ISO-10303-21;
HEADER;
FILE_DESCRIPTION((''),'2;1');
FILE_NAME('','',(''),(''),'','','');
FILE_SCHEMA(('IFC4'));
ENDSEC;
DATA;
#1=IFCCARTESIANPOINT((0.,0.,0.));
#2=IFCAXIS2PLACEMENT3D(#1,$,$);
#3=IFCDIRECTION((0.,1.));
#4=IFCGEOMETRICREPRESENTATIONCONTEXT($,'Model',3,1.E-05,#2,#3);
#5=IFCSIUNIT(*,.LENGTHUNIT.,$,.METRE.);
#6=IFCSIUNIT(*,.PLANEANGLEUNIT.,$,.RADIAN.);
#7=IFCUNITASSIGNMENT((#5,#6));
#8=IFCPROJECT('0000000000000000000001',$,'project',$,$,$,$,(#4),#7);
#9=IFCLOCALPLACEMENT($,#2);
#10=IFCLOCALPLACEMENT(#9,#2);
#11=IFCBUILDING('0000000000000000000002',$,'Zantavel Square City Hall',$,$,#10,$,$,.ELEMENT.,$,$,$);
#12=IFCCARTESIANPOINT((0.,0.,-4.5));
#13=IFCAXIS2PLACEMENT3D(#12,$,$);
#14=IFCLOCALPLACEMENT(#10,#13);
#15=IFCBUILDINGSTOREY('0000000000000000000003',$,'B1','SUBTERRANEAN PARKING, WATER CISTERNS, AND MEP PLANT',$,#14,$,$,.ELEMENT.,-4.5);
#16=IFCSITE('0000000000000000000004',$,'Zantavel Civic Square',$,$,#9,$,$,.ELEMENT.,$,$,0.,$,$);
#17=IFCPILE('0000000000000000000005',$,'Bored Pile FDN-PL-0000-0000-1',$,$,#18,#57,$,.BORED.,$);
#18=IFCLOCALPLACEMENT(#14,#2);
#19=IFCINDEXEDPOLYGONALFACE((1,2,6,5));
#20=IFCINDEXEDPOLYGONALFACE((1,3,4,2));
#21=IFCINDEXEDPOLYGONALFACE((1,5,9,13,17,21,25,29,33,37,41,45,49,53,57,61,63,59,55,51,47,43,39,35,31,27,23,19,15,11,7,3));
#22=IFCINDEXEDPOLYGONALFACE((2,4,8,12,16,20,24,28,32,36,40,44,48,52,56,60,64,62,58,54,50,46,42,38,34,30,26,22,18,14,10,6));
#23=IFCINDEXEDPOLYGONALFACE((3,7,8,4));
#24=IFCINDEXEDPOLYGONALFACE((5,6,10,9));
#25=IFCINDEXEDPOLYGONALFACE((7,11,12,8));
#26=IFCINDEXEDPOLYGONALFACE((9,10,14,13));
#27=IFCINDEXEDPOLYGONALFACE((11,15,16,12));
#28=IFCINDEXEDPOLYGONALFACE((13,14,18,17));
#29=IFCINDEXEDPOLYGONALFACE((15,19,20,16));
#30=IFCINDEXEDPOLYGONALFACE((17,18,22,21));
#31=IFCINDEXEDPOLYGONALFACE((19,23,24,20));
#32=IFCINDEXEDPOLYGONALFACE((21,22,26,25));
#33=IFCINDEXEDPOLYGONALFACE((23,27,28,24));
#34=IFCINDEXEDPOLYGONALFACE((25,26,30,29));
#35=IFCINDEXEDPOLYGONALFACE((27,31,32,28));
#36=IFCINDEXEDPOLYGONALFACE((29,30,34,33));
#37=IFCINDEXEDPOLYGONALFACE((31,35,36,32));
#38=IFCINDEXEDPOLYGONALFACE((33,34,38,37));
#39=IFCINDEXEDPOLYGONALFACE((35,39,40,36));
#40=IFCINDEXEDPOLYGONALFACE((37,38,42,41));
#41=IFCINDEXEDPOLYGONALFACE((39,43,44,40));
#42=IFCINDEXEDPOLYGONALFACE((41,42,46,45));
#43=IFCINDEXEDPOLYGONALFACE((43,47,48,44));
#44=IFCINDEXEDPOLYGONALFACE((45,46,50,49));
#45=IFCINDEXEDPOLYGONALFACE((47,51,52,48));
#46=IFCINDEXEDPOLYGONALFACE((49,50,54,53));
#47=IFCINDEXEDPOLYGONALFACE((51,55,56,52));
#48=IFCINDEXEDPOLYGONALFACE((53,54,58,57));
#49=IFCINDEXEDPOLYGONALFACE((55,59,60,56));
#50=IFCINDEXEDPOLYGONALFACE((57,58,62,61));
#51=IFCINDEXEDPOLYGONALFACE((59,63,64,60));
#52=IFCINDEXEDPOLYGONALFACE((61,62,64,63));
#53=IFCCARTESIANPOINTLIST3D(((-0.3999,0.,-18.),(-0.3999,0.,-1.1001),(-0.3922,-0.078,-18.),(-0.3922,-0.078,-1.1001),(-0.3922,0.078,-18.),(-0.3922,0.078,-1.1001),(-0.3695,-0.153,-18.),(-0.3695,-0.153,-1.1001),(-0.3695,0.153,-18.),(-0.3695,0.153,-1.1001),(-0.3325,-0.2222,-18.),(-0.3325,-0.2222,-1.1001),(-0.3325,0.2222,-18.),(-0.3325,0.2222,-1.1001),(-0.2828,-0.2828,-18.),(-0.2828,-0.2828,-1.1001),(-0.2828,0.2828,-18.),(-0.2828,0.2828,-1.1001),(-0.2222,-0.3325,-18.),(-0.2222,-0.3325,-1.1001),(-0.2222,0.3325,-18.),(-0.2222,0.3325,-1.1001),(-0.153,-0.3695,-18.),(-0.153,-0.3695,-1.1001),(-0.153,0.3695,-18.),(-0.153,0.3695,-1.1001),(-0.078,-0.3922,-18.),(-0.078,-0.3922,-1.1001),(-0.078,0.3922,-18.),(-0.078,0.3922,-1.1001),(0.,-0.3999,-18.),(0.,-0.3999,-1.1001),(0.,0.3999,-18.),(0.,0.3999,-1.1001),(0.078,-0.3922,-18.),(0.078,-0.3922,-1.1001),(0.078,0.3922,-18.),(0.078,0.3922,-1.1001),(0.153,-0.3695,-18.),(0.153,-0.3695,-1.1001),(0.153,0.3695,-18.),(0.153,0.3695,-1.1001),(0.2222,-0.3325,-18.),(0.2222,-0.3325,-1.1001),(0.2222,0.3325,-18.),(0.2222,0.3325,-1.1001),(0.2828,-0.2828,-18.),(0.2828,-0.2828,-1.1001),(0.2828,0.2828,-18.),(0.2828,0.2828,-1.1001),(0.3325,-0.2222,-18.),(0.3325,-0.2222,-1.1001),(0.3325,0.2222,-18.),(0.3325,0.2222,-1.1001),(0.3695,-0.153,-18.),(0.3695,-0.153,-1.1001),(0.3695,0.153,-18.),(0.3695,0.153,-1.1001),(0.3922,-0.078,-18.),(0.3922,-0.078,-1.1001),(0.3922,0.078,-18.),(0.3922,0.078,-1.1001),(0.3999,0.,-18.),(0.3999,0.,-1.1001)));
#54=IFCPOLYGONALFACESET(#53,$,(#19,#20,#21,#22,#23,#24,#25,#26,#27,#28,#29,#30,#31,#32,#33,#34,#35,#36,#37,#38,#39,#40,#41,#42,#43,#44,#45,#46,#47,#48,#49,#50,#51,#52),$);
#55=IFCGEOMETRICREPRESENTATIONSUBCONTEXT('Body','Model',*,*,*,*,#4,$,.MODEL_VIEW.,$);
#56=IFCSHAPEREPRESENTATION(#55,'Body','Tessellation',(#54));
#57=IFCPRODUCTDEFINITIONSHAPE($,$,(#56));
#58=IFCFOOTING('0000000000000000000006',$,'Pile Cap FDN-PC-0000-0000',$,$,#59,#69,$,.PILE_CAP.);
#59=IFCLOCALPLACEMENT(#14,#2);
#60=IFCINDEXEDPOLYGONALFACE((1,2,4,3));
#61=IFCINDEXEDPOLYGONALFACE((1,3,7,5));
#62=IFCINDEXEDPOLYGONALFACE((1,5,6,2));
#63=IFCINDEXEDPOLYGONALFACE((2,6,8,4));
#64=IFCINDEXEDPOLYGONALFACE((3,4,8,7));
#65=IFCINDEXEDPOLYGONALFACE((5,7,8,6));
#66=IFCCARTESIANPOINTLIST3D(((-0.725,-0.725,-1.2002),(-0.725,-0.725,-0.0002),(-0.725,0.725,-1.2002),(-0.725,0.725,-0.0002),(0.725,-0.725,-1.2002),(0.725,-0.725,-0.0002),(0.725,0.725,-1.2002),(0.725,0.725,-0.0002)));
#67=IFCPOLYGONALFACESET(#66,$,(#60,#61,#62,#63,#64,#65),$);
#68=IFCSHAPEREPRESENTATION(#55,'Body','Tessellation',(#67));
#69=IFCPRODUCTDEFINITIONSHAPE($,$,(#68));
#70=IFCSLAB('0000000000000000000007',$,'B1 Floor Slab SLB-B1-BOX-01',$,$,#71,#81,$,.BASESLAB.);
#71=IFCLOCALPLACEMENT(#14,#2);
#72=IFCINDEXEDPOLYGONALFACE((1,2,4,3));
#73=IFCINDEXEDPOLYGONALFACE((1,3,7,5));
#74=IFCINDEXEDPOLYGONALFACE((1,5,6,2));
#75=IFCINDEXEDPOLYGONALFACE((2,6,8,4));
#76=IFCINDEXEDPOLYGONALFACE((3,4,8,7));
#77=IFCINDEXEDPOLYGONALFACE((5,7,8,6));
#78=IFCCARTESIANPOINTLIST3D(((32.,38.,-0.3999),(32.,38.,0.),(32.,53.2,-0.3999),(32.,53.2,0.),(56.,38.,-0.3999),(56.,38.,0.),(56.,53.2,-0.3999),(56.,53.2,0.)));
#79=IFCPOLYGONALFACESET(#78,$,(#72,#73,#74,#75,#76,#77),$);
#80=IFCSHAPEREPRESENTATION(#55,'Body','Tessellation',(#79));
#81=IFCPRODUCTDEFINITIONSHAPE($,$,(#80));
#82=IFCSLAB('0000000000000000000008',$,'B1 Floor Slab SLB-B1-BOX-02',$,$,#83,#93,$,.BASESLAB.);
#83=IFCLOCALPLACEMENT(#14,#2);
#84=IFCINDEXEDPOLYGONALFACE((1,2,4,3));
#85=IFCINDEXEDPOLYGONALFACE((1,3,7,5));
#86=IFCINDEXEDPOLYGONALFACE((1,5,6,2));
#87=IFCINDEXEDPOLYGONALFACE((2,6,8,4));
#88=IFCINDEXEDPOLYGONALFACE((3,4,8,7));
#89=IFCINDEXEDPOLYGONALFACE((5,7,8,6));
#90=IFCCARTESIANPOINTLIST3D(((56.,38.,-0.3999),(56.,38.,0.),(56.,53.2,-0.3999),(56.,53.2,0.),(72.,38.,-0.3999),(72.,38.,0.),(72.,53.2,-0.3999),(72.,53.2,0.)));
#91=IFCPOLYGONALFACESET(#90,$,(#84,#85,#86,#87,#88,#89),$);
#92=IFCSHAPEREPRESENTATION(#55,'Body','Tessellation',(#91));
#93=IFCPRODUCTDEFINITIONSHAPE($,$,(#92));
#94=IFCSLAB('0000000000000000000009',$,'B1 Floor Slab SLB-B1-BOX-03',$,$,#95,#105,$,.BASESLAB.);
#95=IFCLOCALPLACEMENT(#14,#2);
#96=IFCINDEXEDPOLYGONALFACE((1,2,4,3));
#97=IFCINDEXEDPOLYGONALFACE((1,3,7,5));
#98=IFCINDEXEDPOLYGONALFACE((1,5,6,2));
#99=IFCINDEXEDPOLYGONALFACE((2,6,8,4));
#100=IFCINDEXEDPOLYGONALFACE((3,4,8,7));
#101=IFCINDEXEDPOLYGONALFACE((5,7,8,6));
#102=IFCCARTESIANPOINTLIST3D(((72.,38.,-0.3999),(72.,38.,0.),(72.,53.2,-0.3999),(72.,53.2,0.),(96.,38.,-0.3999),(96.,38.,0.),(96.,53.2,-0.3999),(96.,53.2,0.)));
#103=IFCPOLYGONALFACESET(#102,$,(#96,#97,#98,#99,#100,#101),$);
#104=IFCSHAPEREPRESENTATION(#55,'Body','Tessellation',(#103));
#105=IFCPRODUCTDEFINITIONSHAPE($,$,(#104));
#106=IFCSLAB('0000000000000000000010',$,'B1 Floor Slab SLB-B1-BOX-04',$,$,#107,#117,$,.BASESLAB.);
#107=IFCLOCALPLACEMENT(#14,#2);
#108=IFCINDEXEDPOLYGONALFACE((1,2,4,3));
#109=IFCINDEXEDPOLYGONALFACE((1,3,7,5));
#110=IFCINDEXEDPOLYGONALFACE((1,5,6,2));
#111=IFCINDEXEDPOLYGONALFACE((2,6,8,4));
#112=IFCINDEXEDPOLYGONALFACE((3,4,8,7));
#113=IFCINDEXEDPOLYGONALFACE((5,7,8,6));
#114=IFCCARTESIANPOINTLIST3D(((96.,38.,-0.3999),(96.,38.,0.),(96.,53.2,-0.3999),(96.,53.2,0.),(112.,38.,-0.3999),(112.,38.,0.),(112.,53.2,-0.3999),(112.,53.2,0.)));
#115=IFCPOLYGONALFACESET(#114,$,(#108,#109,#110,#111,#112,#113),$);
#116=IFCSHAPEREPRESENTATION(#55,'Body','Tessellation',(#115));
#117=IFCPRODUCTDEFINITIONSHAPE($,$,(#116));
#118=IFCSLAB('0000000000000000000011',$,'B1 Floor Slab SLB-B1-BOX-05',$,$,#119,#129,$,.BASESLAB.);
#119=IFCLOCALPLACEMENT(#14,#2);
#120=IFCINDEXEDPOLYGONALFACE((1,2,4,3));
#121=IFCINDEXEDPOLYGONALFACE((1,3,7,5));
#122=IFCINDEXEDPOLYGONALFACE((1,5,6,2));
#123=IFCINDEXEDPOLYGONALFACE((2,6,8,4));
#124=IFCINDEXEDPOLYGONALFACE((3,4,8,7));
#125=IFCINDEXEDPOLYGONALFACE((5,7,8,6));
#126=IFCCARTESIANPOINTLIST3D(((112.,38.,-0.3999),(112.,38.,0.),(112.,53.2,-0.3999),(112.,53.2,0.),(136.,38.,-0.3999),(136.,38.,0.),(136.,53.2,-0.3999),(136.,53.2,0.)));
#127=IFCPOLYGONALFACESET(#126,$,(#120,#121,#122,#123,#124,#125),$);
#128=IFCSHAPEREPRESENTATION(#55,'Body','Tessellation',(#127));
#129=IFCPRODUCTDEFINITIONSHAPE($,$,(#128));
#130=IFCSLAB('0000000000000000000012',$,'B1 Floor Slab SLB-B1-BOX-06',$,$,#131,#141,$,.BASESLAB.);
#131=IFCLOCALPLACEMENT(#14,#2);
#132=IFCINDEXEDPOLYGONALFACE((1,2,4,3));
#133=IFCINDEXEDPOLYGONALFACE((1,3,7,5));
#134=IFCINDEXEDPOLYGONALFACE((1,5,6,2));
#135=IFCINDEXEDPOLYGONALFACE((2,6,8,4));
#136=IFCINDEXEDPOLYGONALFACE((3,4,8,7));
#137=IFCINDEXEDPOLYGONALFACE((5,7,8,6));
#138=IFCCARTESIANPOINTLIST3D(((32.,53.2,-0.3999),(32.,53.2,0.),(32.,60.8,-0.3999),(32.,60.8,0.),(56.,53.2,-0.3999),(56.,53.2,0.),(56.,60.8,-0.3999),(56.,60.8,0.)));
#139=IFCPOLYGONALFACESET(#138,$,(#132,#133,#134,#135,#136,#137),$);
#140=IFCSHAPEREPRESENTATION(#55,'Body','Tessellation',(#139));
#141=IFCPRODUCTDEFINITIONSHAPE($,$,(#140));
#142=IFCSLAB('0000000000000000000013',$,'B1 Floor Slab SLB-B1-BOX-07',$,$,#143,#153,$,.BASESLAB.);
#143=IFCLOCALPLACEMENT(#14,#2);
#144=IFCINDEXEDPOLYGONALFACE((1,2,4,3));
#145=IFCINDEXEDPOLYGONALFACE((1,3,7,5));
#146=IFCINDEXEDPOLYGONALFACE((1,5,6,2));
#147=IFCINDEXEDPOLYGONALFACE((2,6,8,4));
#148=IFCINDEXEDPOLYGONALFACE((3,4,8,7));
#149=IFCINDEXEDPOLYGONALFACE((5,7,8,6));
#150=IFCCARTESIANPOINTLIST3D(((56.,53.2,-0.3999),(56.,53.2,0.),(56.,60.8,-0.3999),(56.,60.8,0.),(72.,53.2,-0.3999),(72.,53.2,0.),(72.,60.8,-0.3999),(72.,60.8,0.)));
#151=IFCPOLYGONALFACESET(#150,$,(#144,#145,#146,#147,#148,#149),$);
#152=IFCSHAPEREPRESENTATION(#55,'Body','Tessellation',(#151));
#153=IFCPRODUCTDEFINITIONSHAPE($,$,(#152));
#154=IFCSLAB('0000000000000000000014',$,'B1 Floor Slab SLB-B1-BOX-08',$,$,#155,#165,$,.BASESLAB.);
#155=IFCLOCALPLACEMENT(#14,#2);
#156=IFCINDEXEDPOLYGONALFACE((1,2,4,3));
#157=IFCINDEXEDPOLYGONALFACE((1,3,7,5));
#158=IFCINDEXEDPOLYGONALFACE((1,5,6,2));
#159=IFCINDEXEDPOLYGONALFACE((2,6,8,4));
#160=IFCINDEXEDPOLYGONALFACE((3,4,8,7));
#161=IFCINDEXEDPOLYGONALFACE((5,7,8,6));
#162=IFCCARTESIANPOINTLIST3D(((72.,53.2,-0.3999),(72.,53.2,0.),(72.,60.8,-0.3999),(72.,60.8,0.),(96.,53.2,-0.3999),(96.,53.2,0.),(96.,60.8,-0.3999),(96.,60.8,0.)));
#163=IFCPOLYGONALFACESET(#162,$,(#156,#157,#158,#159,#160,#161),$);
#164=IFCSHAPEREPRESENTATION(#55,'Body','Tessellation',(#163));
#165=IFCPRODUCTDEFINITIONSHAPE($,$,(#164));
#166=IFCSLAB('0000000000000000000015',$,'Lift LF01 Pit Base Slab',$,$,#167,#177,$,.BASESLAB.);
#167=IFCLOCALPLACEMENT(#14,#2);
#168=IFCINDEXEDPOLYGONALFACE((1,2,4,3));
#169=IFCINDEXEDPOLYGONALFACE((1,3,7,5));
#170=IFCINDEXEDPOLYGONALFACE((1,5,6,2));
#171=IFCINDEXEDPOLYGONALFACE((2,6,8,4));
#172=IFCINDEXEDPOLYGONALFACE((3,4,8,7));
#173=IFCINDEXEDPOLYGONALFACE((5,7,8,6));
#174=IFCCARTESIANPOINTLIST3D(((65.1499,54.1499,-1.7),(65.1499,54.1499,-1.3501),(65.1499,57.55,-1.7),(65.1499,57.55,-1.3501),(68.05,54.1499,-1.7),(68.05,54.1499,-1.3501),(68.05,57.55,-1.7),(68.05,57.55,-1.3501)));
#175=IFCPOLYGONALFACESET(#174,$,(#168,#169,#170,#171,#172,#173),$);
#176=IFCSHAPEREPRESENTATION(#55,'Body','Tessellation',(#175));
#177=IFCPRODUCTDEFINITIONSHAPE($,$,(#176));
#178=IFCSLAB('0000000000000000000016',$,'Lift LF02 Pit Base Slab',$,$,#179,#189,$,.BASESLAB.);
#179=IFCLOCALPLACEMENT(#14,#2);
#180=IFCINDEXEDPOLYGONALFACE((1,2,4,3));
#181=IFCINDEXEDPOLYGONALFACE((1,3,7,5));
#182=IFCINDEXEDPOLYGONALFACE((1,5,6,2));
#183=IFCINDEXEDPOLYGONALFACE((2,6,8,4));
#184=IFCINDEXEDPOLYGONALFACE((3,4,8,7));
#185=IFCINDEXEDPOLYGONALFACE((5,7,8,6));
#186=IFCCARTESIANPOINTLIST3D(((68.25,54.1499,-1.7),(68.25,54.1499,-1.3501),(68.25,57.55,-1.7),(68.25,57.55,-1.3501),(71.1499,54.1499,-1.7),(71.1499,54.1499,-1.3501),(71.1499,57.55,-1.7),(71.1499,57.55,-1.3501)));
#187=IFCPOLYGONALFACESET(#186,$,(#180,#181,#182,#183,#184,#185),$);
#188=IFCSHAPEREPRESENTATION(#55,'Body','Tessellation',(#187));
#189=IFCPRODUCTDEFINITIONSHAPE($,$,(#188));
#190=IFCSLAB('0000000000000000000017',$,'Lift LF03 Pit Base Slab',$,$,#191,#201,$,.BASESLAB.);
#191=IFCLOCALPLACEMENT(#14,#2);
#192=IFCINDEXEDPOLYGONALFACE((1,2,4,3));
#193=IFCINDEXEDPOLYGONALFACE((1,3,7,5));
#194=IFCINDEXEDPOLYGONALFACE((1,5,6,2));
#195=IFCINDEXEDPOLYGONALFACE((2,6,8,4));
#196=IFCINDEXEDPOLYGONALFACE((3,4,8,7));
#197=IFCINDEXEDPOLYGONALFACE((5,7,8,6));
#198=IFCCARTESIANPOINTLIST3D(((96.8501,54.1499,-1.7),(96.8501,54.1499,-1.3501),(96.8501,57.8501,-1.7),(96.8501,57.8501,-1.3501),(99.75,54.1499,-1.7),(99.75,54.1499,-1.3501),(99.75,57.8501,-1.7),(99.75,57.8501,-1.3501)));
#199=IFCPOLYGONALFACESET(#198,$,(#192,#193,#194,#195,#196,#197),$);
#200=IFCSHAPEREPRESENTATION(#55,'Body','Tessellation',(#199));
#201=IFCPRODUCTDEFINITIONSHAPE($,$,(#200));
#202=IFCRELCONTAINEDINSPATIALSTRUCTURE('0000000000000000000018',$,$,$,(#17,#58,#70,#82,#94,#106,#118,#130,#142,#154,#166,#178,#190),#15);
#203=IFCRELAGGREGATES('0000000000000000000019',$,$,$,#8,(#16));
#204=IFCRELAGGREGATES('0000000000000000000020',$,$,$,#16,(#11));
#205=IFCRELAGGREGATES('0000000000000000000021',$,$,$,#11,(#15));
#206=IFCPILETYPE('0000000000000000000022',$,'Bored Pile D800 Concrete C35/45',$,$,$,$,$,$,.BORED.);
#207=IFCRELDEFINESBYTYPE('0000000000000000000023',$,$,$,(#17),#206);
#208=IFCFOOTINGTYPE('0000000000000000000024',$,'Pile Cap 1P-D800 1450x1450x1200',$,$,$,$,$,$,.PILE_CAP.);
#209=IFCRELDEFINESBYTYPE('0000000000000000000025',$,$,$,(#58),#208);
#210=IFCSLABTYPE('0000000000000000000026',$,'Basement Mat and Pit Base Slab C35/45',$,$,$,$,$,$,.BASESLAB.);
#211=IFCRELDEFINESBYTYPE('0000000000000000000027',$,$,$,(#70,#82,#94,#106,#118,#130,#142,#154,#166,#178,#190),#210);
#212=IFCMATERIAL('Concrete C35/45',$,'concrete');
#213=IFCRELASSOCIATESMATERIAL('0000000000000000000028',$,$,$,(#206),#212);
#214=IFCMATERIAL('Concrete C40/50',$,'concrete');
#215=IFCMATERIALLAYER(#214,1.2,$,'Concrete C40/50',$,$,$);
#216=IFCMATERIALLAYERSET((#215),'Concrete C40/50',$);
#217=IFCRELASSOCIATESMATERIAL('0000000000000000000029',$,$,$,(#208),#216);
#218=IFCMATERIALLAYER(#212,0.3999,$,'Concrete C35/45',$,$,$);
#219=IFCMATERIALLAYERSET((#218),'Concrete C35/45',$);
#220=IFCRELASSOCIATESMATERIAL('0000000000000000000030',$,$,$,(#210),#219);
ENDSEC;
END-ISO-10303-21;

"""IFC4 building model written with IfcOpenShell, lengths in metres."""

from ifc_helpers import new_model, si_unit, direction, frame, origin, origin_2d, place, context, subcontext, project, spatial, polyline, rectangle, circle, outline, extrude, material, layer, layer_set, material_profile, profile_set, type_object, element, save


model = new_model("IFC4")

# Units and contexts
model_context = context("Model", 3, precision=1e-05, world=origin(), true_north=direction((0.0, 1.0)))
body_context = subcontext(model_context, "Body", "Model", "MODEL_VIEW")
ifc_project = project(units=[si_unit("LENGTHUNIT", "METRE"), si_unit("PLANEANGLEUNIT", "RADIAN")], contexts=[model_context])

# Site, building, storey
site_placement = place(None, origin())
site = spatial("IfcSite", under=ifc_project, at=site_placement, Name="Zantavel Civic Square", CompositionType="ELEMENT", RefElevation=0.0)
building_placement = place(site_placement, origin())
building = spatial("IfcBuilding", under=site, at=building_placement, Name="Zantavel Square City Hall", CompositionType="ELEMENT")
storey_placement = place(building_placement, frame((0.0, 0.0, -4.5)))
storey = spatial("IfcBuildingStorey", under=building, at=storey_placement, Name="B1", Description="SUBTERRANEAN PARKING, WATER CISTERNS, AND MEP PLANT", CompositionType="ELEMENT", Elevation=-4.5)

# Pile
ifc_material_1 = material(Name="Concrete C35/45", Category="concrete")
ifc_material_profile = material_profile(ifc_material_1, circle(Radius=0.3999, at=origin_2d()), Name="PILE D800")
ifc_profile_set = profile_set([ifc_material_profile], Name="Concrete C35/45")
pile_type = type_object("IfcPileType", Name="Bored Pile D800 Concrete C35/45", PredefinedType="BORED", material=ifc_profile_set)
pile_placement = place(storey_placement, frame((0.0, 0.0, -1.1001), z_axis=(0.0, 0.0, -1.0), x_axis=(1.0, 0.0, 0.0)))
element("IfcPile", 1, at=pile_placement, inside=storey, type_object=pile_type, Name="Bored Pile FDN-PL-0000-0000-1", PredefinedType="BORED", context=body_context, shape_type="SweptSolid", body=[
    extrude(circle(Radius=0.3999, at=origin_2d()), origin(), (0.0, 0.0, 1.0), 16.8999),
])

# Footing
ifc_material_2 = material(Name="Concrete C40/50", Category="concrete")
ifc_layer_1 = layer(ifc_material_2, 1.2, Name="Concrete C40/50")
ifc_layer_set_1 = layer_set([ifc_layer_1], Name="Concrete C40/50")
footing_type = type_object("IfcFootingType", Name="Pile Cap 1P-D800 1450x1450x1200", PredefinedType="PILE_CAP", material=ifc_layer_set_1)
footing_placement = place(storey_placement, frame((0.0, 0.0, -1.2002), z_axis=(0.0, 0.0, 1.0), x_axis=(1.0, 0.0, 0.0)))
element("IfcFooting", 2, at=footing_placement, inside=storey, type_object=footing_type, Name="Pile Cap FDN-PC-0000-0000", PredefinedType="PILE_CAP", context=body_context, shape_type="SweptSolid", body=[
    extrude(rectangle(XDim=1.45, YDim=1.45, at=origin_2d()), origin(), (0.0, 0.0, 1.0), 1.2),
])

# Slabs
ifc_layer_2 = layer(ifc_material_1, 0.3999, Name="Concrete C35/45")
ifc_layer_set_2 = layer_set([ifc_layer_2], Name="Concrete C35/45")
slab_type_1 = type_object("IfcSlabType", Name="Basement Mat and Pit Base Slab C35/45", PredefinedType="BASESLAB", material=ifc_layer_set_2)
slab_1_placement = place(storey_placement, frame((0.0, 0.0, -0.3999)))
element("IfcSlab", 3, at=slab_1_placement, inside=storey, type_object=slab_type_1, Name="B1 Floor Slab SLB-B1-BOX-01", PredefinedType="BASESLAB", context=body_context, shape_type="SweptSolid", body=[
    extrude(outline(polyline([(32.0, 38.0), (32.0, 53.2), (56.0, 53.2), (56.0, 38.0), (32.0, 38.0)])), origin(), (0.0, 0.0, 1.0), 0.3999),
])
slab_2_placement = place(storey_placement, frame((0.0, 0.0, -0.3999)))
element("IfcSlab", 4, at=slab_2_placement, inside=storey, type_object=slab_type_1, Name="B1 Floor Slab SLB-B1-BOX-02", PredefinedType="BASESLAB", context=body_context, shape_type="SweptSolid", body=[
    extrude(outline(polyline([(72.0, 53.2), (72.0, 38.0), (56.0, 38.0), (56.0, 53.2), (72.0, 53.2)])), origin(), (0.0, 0.0, 1.0), 0.3999),
])
slab_3_placement = place(storey_placement, frame((0.0, 0.0, -0.3999)))
element("IfcSlab", 5, at=slab_3_placement, inside=storey, type_object=slab_type_1, Name="B1 Floor Slab SLB-B1-BOX-03", PredefinedType="BASESLAB", context=body_context, shape_type="SweptSolid", body=[
    extrude(outline(polyline([(96.0, 53.2), (96.0, 38.0), (72.0, 38.0), (72.0, 53.2), (96.0, 53.2)])), origin(), (0.0, 0.0, 1.0), 0.3999),
])
slab_4_placement = place(storey_placement, frame((0.0, 0.0, -0.3999)))
element("IfcSlab", 6, at=slab_4_placement, inside=storey, type_object=slab_type_1, Name="B1 Floor Slab SLB-B1-BOX-04", PredefinedType="BASESLAB", context=body_context, shape_type="SweptSolid", body=[
    extrude(outline(polyline([(112.0, 53.2), (112.0, 38.0), (96.0, 38.0), (96.0, 53.2), (112.0, 53.2)])), origin(), (0.0, 0.0, 1.0), 0.3999),
])
slab_5_placement = place(storey_placement, frame((0.0, 0.0, -0.3999)))
element("IfcSlab", 7, at=slab_5_placement, inside=storey, type_object=slab_type_1, Name="B1 Floor Slab SLB-B1-BOX-05", PredefinedType="BASESLAB", context=body_context, shape_type="SweptSolid", body=[
    extrude(outline(polyline([(136.0, 53.2), (136.0, 38.0), (112.0, 38.0), (112.0, 53.2), (136.0, 53.2)])), origin(), (0.0, 0.0, 1.0), 0.3999),
])
slab_6_placement = place(storey_placement, frame((0.0, 0.0, -0.3999)))
element("IfcSlab", 8, at=slab_6_placement, inside=storey, type_object=slab_type_1, Name="B1 Floor Slab SLB-B1-BOX-06", PredefinedType="BASESLAB", context=body_context, shape_type="SweptSolid", body=[
    extrude(outline(polyline([(32.0, 60.8), (56.0, 60.8), (56.0, 53.2), (32.0, 53.2), (32.0, 60.8)])), origin(), (0.0, 0.0, 1.0), 0.3999),
])
slab_7_placement = place(storey_placement, frame((0.0, 0.0, -0.3999)))
element("IfcSlab", 9, at=slab_7_placement, inside=storey, type_object=slab_type_1, Name="B1 Floor Slab SLB-B1-BOX-07", PredefinedType="BASESLAB", context=body_context, shape_type="SweptSolid", body=[
    extrude(outline(polyline([(72.0, 60.8), (72.0, 53.2), (56.0, 53.2), (56.0, 60.8), (72.0, 60.8)])), origin(), (0.0, 0.0, 1.0), 0.3999),
])
slab_8_placement = place(storey_placement, frame((0.0, 0.0, -0.3999)))
element("IfcSlab", 10, at=slab_8_placement, inside=storey, type_object=slab_type_1, Name="B1 Floor Slab SLB-B1-BOX-08", PredefinedType="BASESLAB", context=body_context, shape_type="SweptSolid", body=[
    extrude(outline(polyline([(96.0, 60.8), (96.0, 53.2), (72.0, 53.2), (72.0, 60.8), (96.0, 60.8)])), origin(), (0.0, 0.0, 1.0), 0.3999),
])
slab_9_placement = place(storey_placement, frame((0.0, 0.0, -1.7)))
element("IfcSlab", 11, at=slab_9_placement, inside=storey, type_object=slab_type_1, Name="Lift LF01 Pit Base Slab", PredefinedType="BASESLAB", context=body_context, shape_type="SweptSolid", body=[
    extrude(outline(polyline([(65.1499, 54.1499), (68.05, 54.1499), (68.05, 57.55), (65.1499, 57.55), (65.1499, 54.1499)])), origin(), (0.0, 0.0, 1.0), 0.3499),
])
slab_10_placement = place(storey_placement, frame((0.0, 0.0, -1.7)))
element("IfcSlab", 12, at=slab_10_placement, inside=storey, type_object=slab_type_1, Name="Lift LF02 Pit Base Slab", PredefinedType="BASESLAB", context=body_context, shape_type="SweptSolid", body=[
    extrude(outline(polyline([(68.25, 54.1499), (71.1499, 54.1499), (71.1499, 57.55), (68.25, 57.55), (68.25, 54.1499)])), origin(), (0.0, 0.0, 1.0), 0.3499),
])
slab_11_placement = place(storey_placement, frame((0.0, 0.0, -1.7)))
element("IfcSlab", 13, at=slab_11_placement, inside=storey, type_object=slab_type_1, Name="Lift LF03 Pit Base Slab", PredefinedType="BASESLAB", context=body_context, shape_type="SweptSolid", body=[
    extrude(outline(polyline([(96.8501, 54.1499), (99.75, 54.1499), (99.75, 57.8501), (96.8501, 57.8501), (96.8501, 54.1499)])), origin(), (0.0, 0.0, 1.0), 0.3499),
])

save(model, "model.ifc")
